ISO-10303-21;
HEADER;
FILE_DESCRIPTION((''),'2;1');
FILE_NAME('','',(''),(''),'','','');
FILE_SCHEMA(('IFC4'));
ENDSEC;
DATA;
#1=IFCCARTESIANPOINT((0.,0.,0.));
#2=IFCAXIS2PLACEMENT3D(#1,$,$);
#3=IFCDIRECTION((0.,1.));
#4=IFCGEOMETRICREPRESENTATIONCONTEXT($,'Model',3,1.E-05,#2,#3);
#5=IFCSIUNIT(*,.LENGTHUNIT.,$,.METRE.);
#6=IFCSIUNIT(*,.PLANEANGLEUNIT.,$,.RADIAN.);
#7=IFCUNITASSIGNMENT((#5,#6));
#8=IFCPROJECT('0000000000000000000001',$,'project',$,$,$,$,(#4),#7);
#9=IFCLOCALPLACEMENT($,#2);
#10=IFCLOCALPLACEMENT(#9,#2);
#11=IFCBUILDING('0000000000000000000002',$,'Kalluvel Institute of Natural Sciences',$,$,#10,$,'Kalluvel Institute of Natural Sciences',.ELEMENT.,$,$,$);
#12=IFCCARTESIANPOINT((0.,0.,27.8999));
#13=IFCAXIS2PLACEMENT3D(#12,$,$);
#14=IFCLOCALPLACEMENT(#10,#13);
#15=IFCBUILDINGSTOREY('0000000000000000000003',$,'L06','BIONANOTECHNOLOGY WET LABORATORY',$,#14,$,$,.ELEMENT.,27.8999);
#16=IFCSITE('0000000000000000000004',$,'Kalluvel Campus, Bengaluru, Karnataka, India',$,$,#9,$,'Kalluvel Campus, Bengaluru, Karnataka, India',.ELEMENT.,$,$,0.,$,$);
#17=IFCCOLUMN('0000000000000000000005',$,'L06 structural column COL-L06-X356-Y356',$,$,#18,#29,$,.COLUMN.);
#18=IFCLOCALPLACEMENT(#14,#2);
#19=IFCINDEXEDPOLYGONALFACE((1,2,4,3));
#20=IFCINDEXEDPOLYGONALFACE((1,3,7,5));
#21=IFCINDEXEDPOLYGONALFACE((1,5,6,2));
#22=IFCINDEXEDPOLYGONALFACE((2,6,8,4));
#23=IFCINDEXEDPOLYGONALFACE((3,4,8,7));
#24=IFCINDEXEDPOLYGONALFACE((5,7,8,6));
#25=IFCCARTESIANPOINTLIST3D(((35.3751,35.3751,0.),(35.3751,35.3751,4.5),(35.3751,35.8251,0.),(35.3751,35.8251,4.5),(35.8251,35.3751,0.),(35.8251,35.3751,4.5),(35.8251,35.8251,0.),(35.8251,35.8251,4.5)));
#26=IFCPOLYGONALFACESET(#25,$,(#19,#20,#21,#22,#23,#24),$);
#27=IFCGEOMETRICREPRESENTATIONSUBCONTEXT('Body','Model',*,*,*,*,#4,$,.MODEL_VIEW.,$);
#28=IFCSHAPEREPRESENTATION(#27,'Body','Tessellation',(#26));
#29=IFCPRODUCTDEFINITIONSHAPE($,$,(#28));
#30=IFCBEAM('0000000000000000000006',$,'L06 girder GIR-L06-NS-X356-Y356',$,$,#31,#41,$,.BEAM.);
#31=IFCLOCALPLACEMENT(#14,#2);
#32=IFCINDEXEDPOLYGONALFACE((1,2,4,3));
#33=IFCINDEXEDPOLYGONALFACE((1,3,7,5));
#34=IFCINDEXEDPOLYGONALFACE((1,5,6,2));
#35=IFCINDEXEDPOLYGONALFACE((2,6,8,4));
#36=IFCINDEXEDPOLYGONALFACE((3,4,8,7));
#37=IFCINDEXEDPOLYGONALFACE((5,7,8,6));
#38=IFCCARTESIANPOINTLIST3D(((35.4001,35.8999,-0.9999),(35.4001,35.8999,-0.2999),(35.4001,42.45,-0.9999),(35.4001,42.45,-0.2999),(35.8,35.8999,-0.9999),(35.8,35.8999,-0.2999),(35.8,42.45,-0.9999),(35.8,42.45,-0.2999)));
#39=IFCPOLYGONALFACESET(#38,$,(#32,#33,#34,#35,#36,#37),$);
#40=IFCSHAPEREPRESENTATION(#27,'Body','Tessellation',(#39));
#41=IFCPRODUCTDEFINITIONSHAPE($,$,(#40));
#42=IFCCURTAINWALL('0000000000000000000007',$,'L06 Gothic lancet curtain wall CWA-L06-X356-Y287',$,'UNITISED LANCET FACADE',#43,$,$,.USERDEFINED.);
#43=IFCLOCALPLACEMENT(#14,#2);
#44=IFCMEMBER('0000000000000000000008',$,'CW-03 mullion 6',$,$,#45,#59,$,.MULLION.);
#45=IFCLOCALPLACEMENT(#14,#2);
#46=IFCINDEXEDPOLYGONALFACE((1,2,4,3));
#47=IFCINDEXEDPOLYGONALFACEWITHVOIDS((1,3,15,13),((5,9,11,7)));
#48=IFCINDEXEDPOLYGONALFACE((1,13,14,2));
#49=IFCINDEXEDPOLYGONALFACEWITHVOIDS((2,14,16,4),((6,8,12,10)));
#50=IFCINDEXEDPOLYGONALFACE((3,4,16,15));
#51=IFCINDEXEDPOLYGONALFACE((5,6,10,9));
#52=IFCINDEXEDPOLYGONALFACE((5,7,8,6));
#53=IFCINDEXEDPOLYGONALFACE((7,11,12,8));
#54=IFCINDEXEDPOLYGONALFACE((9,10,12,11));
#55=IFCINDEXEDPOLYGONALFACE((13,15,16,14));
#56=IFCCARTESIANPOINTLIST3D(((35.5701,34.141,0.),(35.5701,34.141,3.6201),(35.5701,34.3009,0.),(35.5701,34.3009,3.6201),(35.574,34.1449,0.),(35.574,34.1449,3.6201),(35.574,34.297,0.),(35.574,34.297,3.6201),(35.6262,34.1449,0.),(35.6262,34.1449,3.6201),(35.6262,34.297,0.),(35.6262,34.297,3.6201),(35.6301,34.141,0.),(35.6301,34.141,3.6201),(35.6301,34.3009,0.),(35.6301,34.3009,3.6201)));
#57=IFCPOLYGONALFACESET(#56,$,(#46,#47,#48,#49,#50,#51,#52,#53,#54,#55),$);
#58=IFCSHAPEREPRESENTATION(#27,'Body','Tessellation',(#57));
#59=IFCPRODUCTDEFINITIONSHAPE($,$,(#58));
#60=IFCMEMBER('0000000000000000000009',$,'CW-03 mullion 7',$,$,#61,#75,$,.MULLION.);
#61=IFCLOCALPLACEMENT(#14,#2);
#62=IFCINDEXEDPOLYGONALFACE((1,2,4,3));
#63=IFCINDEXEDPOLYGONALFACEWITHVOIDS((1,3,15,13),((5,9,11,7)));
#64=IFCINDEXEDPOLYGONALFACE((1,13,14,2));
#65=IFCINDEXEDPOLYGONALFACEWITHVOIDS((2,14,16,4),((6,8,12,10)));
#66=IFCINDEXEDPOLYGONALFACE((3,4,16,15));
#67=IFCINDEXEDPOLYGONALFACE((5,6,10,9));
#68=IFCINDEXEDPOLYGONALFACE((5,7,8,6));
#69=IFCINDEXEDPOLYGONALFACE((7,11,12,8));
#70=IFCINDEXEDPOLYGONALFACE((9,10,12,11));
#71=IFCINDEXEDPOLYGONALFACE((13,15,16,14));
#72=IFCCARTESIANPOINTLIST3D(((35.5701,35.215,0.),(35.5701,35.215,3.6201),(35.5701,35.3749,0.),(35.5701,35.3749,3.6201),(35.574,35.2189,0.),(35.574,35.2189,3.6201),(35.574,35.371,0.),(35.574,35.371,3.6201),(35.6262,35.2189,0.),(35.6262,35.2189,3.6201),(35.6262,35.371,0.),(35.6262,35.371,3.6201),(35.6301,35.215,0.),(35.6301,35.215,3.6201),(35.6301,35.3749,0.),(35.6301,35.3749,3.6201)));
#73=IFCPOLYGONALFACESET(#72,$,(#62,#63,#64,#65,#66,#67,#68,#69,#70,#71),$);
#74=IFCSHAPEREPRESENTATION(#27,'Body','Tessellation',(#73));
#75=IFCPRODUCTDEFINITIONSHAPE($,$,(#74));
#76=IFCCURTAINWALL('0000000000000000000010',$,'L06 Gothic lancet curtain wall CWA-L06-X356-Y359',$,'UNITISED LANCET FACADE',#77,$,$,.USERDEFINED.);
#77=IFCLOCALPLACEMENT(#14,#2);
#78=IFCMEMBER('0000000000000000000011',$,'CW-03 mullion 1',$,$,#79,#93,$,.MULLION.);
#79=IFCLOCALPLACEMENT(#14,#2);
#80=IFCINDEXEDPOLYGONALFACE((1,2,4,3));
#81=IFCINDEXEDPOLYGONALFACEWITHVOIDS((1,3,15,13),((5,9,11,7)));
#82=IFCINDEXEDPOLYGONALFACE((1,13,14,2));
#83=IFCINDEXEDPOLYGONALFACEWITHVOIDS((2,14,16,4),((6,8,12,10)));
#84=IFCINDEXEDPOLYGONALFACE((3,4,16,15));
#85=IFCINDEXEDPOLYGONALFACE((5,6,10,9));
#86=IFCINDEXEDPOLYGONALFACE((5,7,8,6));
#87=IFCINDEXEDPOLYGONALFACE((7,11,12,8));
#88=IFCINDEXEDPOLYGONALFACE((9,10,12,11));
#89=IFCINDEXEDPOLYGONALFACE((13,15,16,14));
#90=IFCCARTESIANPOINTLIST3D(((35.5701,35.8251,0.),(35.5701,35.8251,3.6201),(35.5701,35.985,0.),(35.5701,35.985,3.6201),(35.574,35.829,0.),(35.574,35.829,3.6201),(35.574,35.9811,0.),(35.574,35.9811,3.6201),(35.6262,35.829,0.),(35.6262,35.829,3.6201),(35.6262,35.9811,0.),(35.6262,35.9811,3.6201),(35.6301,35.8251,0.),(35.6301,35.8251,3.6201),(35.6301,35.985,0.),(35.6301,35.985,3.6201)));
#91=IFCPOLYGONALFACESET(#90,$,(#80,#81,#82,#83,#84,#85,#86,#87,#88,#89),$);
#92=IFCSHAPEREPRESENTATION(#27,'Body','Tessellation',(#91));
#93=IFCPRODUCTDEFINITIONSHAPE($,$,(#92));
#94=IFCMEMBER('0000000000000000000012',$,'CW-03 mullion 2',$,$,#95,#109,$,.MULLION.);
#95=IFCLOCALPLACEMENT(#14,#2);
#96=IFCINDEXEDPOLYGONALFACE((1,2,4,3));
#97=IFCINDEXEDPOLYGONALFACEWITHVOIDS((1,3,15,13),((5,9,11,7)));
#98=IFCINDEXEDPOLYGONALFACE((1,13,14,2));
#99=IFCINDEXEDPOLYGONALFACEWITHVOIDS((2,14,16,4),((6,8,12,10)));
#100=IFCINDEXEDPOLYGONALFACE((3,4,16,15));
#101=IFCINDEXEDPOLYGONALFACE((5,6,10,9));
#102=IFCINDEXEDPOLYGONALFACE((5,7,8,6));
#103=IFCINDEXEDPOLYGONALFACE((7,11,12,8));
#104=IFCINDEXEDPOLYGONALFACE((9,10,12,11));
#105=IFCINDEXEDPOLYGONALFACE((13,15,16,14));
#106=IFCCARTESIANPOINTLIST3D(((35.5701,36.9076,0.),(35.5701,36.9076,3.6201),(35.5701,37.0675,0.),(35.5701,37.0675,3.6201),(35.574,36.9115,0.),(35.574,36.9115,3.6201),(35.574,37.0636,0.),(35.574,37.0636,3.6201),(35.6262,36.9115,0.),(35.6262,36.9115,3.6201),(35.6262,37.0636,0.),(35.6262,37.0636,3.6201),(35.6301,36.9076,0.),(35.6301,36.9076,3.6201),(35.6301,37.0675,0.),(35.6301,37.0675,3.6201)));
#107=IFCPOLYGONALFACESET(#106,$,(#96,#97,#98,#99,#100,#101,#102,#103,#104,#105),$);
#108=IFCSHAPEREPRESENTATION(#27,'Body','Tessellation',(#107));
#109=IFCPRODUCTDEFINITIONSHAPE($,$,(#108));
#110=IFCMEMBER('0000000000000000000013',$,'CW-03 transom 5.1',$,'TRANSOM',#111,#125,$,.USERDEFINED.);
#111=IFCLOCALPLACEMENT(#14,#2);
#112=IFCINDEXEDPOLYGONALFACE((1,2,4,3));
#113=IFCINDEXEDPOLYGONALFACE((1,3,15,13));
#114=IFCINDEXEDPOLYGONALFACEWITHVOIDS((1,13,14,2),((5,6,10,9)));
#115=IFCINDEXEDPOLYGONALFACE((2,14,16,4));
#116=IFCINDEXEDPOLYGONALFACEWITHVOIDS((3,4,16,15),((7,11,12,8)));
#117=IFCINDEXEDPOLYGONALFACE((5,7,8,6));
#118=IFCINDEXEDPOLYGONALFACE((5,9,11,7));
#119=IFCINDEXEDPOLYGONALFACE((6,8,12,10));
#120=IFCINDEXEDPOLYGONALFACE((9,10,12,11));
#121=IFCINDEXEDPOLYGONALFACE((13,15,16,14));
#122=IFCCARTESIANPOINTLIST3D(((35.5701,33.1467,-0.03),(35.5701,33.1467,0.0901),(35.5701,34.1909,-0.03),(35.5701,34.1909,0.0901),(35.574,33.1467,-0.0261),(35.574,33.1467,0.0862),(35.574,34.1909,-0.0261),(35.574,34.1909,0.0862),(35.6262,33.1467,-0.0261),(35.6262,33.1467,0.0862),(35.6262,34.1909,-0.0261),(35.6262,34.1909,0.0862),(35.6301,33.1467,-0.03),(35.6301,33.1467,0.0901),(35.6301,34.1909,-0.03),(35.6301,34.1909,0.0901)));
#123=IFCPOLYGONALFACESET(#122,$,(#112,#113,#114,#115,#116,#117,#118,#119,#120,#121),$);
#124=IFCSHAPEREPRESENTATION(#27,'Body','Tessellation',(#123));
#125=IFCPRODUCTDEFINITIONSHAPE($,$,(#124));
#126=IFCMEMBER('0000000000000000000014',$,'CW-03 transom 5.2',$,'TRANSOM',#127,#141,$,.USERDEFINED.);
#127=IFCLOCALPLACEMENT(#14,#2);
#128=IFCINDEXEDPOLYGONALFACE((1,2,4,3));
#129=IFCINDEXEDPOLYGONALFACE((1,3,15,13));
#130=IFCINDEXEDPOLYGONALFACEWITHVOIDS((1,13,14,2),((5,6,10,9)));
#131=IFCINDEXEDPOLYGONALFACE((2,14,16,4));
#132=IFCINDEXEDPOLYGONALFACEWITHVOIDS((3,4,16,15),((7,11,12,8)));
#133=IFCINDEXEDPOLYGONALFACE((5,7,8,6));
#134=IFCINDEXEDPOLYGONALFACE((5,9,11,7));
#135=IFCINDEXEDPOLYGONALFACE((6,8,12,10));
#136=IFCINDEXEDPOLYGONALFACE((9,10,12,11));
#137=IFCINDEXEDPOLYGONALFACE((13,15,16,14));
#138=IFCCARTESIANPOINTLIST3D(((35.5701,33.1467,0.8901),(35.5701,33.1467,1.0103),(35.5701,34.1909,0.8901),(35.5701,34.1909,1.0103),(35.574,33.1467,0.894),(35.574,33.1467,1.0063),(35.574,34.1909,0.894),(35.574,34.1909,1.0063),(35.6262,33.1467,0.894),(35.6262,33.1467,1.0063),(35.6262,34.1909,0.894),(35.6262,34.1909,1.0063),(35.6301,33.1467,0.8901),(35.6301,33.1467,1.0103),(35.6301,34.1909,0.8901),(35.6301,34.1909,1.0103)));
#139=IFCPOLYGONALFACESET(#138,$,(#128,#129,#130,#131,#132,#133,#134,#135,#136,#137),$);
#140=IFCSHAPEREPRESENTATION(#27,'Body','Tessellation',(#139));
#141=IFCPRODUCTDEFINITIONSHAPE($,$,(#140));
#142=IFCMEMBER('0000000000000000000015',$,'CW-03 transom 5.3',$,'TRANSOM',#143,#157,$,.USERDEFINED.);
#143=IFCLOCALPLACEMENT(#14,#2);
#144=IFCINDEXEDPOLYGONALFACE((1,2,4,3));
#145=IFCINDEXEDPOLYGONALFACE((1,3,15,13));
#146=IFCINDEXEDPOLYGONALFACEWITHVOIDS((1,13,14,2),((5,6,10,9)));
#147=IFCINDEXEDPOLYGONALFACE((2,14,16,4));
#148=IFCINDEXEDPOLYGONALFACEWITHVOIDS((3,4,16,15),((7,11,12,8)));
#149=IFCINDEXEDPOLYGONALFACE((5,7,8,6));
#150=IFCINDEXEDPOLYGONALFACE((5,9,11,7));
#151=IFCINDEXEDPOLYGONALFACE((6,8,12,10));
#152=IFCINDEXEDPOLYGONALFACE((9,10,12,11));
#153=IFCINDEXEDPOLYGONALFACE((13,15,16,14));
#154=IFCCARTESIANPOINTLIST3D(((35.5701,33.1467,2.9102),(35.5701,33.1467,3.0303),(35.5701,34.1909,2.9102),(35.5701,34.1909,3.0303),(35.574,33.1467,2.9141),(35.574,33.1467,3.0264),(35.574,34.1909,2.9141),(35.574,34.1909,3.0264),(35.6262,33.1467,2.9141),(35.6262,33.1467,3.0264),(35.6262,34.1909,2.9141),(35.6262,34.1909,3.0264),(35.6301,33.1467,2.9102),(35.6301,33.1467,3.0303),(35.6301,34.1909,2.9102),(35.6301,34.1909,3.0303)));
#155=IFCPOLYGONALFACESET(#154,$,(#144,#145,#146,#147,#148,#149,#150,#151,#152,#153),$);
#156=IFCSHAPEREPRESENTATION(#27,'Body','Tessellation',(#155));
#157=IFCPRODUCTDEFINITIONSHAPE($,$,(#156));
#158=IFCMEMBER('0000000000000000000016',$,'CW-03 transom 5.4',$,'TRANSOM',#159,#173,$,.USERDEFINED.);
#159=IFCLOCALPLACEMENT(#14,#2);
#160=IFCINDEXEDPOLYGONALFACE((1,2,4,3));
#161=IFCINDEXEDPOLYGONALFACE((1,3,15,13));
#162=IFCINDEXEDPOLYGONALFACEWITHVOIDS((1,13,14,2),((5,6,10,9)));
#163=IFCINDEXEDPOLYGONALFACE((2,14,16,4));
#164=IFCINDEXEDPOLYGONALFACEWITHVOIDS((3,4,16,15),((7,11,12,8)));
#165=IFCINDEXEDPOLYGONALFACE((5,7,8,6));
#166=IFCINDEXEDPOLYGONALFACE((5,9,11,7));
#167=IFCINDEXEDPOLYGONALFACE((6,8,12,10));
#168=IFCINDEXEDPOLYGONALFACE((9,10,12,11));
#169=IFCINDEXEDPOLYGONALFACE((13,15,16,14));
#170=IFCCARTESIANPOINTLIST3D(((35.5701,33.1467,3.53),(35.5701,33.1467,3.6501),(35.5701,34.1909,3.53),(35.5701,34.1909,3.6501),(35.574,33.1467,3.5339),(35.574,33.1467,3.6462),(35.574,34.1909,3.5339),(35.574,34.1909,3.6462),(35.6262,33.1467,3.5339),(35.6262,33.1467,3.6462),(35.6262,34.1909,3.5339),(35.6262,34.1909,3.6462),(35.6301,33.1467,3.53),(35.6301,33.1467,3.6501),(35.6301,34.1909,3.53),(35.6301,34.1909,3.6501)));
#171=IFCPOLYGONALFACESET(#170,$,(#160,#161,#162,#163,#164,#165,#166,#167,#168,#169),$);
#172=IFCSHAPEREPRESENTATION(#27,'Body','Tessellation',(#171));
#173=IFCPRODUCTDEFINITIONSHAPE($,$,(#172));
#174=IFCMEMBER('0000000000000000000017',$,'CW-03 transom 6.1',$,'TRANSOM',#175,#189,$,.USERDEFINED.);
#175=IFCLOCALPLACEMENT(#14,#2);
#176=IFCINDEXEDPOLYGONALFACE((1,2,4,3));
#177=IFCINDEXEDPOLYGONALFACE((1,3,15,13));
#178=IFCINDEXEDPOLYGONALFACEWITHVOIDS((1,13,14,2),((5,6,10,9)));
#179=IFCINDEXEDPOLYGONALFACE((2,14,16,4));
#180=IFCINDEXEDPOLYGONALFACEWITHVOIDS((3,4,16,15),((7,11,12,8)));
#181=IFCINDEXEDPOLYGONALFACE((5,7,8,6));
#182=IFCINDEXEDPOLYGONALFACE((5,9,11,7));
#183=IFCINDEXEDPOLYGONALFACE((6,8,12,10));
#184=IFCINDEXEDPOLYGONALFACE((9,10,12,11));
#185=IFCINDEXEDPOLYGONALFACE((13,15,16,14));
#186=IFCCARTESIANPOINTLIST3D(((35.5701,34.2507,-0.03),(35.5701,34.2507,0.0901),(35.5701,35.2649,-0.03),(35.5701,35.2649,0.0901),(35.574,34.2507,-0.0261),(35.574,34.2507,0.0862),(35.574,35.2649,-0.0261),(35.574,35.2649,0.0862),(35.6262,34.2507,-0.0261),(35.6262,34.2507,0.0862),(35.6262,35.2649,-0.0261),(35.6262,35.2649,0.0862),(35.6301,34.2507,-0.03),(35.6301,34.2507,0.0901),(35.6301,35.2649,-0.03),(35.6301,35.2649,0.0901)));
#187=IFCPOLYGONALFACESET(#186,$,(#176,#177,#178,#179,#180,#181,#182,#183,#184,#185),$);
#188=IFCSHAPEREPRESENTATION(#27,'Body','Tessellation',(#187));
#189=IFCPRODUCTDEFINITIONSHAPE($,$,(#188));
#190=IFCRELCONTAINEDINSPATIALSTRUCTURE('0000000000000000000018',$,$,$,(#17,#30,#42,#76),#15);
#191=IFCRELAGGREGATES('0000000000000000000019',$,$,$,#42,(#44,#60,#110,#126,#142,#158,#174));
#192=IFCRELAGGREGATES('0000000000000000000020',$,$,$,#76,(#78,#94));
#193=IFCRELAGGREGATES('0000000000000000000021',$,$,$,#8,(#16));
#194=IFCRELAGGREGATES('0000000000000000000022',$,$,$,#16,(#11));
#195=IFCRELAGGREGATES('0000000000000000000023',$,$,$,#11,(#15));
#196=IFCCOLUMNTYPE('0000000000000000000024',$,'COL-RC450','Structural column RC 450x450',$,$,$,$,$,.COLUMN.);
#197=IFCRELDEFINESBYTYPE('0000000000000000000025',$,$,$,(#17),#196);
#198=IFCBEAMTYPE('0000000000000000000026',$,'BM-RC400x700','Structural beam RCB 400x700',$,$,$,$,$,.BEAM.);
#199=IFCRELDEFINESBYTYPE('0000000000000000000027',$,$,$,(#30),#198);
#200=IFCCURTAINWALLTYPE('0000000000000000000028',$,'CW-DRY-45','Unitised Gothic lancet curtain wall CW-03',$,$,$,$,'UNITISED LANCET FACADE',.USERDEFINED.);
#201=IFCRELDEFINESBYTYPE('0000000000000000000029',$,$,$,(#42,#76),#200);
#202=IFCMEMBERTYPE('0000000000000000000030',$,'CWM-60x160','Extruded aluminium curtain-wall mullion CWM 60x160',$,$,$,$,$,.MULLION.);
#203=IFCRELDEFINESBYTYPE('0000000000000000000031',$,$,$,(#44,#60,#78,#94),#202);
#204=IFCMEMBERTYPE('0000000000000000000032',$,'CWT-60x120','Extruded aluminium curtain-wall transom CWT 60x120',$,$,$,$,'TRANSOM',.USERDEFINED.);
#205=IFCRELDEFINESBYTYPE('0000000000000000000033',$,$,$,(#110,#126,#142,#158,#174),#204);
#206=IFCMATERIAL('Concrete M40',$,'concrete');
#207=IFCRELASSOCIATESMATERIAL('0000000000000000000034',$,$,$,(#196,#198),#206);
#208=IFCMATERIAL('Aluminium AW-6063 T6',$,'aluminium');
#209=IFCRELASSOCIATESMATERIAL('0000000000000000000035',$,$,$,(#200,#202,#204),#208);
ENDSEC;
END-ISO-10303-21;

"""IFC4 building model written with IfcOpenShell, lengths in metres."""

from ifc_helpers import new_model, si_unit, direction, frame, origin, origin_2d, place, context, subcontext, project, spatial, rectangle, hollow_rectangle, extrude, material, material_profile, profile_set, type_object, element, aggregate, save


model = new_model("IFC4")

# Units and contexts
model_context = context("Model", 3, precision=1e-05, world=origin(), true_north=direction((0.0, 1.0)))
body_context = subcontext(model_context, "Body", "Model", "MODEL_VIEW")
ifc_project = project(units=[si_unit("LENGTHUNIT", "METRE"), si_unit("PLANEANGLEUNIT", "RADIAN")], contexts=[model_context])

# Site, building, storey
site_placement = place(None, origin())
site = spatial("IfcSite", under=ifc_project, at=site_placement, Name="Kalluvel Campus, Bengaluru, Karnataka, India", LongName="Kalluvel Campus, Bengaluru, Karnataka, India", CompositionType="ELEMENT", RefElevation=0.0)
building_placement = place(site_placement, origin())
building = spatial("IfcBuilding", under=site, at=building_placement, Name="Kalluvel Institute of Natural Sciences", LongName="Kalluvel Institute of Natural Sciences", CompositionType="ELEMENT")
storey_placement = place(building_placement, frame((0.0, 0.0, 27.8999)))
storey = spatial("IfcBuildingStorey", under=building, at=storey_placement, Name="L06", Description="BIONANOTECHNOLOGY WET LABORATORY", CompositionType="ELEMENT", Elevation=27.8999)

# Column
ifc_material_1 = material(Name="Concrete M40", Category="concrete")
ifc_material_profile_1 = material_profile(ifc_material_1, rectangle(XDim=0.45, YDim=0.45, at=origin_2d()), Name="RC 450x450")
ifc_profile_set_1 = profile_set([ifc_material_profile_1], Name="Concrete M40")
column_type = type_object("IfcColumnType", Name="COL-RC450", Description="Structural column RC 450x450", PredefinedType="COLUMN", material=ifc_profile_set_1)
column_placement = place(storey_placement, frame((35.6001, 35.6001, 0.0), z_axis=(0.0, 0.0, 1.0), x_axis=(1.0, 0.0, 0.0)))
element("IfcColumn", 1, at=column_placement, inside=storey, type_object=column_type, Name="L06 structural column COL-L06-X356-Y356", PredefinedType="COLUMN", context=body_context, shape_type="SweptSolid", body=[
    extrude(rectangle(XDim=0.45, YDim=0.45, at=origin_2d()), origin(), (0.0, 0.0, 1.0), 4.5),
])

# Beam
ifc_material_profile_2 = material_profile(ifc_material_1, rectangle(XDim=0.3999, YDim=0.7, at=origin_2d()), Name="RCB 400x700")
ifc_profile_set_2 = profile_set([ifc_material_profile_2], Name="Concrete M40")
beam_type = type_object("IfcBeamType", Name="BM-RC400x700", Description="Structural beam RCB 400x700", PredefinedType="BEAM", material=ifc_profile_set_2)
beam_placement = place(storey_placement, frame((35.6001, 35.8999, -0.6499), z_axis=(0.0, 1.0, 0.0), x_axis=(-1.0, 0.0, 0.0)))
element("IfcBeam", 2, at=beam_placement, inside=storey, type_object=beam_type, Name="L06 girder GIR-L06-NS-X356-Y356", PredefinedType="BEAM", context=body_context, shape_type="SweptSolid", body=[
    extrude(rectangle(XDim=0.3999, YDim=0.7, at=origin_2d()), origin(), (0.0, 0.0, 1.0), 6.55),
])

# Curtain walls, members
ifc_material_2 = material(Name="Aluminium AW-6063 T6", Category="aluminium")
curtain_wall_type = type_object("IfcCurtainWallType", Name="CW-DRY-45", Description="Unitised Gothic lancet curtain wall CW-03", ElementType="UNITISED LANCET FACADE", PredefinedType="USERDEFINED", material=ifc_material_2)
curtain_wall_1_placement = place(storey_placement, origin())
curtain_wall_1 = element("IfcCurtainWall", 3, at=curtain_wall_1_placement, inside=storey, type_object=curtain_wall_type, Name="L06 Gothic lancet curtain wall CWA-L06-X356-Y287", ObjectType="UNITISED LANCET FACADE", PredefinedType="USERDEFINED")
ifc_material_profile_3 = material_profile(ifc_material_2, hollow_rectangle(XDim=0.0601, YDim=0.1599, WallThickness=0.0039, at=origin_2d()), Name="CWM 60x160")
ifc_profile_set_3 = profile_set([ifc_material_profile_3], Name="Aluminium AW-6063 T6")
member_type_1 = type_object("IfcMemberType", Name="CWM-60x160", Description="Extruded aluminium curtain-wall mullion CWM 60x160", PredefinedType="MULLION", material=ifc_profile_set_3)
member_1_placement = place(storey_placement, frame((35.6001, 34.2209, 0.0), z_axis=(0.0, 0.0, 1.0), x_axis=(-1.0, 0.0, 0.0)))
member_1 = element("IfcMember", 4, at=member_1_placement, type_object=member_type_1, Name="CW-03 mullion 6", PredefinedType="MULLION", context=body_context, shape_type="SweptSolid", body=[
    extrude(hollow_rectangle(XDim=0.0601, YDim=0.1599, WallThickness=0.0039, at=origin_2d()), origin(), (0.0, 0.0, 1.0), 3.6201),
])
member_2_placement = place(storey_placement, frame((35.6001, 35.2949, 0.0), z_axis=(0.0, 0.0, 1.0), x_axis=(-1.0, 0.0, 0.0)))
member_2 = element("IfcMember", 5, at=member_2_placement, type_object=member_type_1, Name="CW-03 mullion 7", PredefinedType="MULLION", context=body_context, shape_type="SweptSolid", body=[
    extrude(hollow_rectangle(XDim=0.0601, YDim=0.1599, WallThickness=0.0039, at=origin_2d()), origin(), (0.0, 0.0, 1.0), 3.6201),
])
curtain_wall_2_placement = place(storey_placement, origin())
curtain_wall_2 = element("IfcCurtainWall", 6, at=curtain_wall_2_placement, inside=storey, type_object=curtain_wall_type, Name="L06 Gothic lancet curtain wall CWA-L06-X356-Y359", ObjectType="UNITISED LANCET FACADE", PredefinedType="USERDEFINED")
member_3_placement = place(storey_placement, frame((35.6001, 35.905, 0.0), z_axis=(0.0, 0.0, 1.0), x_axis=(-1.0, 0.0, 0.0)))
member_3 = element("IfcMember", 7, at=member_3_placement, type_object=member_type_1, Name="CW-03 mullion 1", PredefinedType="MULLION", context=body_context, shape_type="SweptSolid", body=[
    extrude(hollow_rectangle(XDim=0.0601, YDim=0.1599, WallThickness=0.0039, at=origin_2d()), origin(), (0.0, 0.0, 1.0), 3.6201),
])
member_4_placement = place(storey_placement, frame((35.6001, 36.9875, 0.0), z_axis=(0.0, 0.0, 1.0), x_axis=(-1.0, 0.0, 0.0)))
member_4 = element("IfcMember", 8, at=member_4_placement, type_object=member_type_1, Name="CW-03 mullion 2", PredefinedType="MULLION", context=body_context, shape_type="SweptSolid", body=[
    extrude(hollow_rectangle(XDim=0.0601, YDim=0.1599, WallThickness=0.0039, at=origin_2d()), origin(), (0.0, 0.0, 1.0), 3.6201),
])

# Members
ifc_material_profile_4 = material_profile(ifc_material_2, hollow_rectangle(XDim=0.0601, YDim=0.1201, WallThickness=0.0039, at=origin_2d()), Name="CWT 60x120")
ifc_profile_set_4 = profile_set([ifc_material_profile_4], Name="Aluminium AW-6063 T6")
member_type_2 = type_object("IfcMemberType", Name="CWT-60x120", Description="Extruded aluminium curtain-wall transom CWT 60x120", ElementType="TRANSOM", PredefinedType="USERDEFINED", material=ifc_profile_set_4)
member_5_placement = place(storey_placement, frame((35.6001, 33.1467, 0.03), z_axis=(0.0, 1.0, 0.0), x_axis=(-1.0, 0.0, 0.0)))
member_5 = element("IfcMember", 9, at=member_5_placement, type_object=member_type_2, Name="CW-03 transom 5.1", ObjectType="TRANSOM", PredefinedType="USERDEFINED", context=body_context, shape_type="SweptSolid", body=[
    extrude(hollow_rectangle(XDim=0.0601, YDim=0.1201, WallThickness=0.0039, at=origin_2d()), origin(), (0.0, 0.0, 1.0), 1.0442),
])
member_6_placement = place(storey_placement, frame((35.6001, 33.1467, 0.9502), z_axis=(0.0, 1.0, 0.0), x_axis=(-1.0, 0.0, 0.0)))
member_6 = element("IfcMember", 10, at=member_6_placement, type_object=member_type_2, Name="CW-03 transom 5.2", ObjectType="TRANSOM", PredefinedType="USERDEFINED", context=body_context, shape_type="SweptSolid", body=[
    extrude(hollow_rectangle(XDim=0.0601, YDim=0.1201, WallThickness=0.0039, at=origin_2d()), origin(), (0.0, 0.0, 1.0), 1.0442),
])
member_7_placement = place(storey_placement, frame((35.6001, 33.1467, 2.9702), z_axis=(0.0, 1.0, 0.0), x_axis=(-1.0, 0.0, 0.0)))
member_7 = element("IfcMember", 11, at=member_7_placement, type_object=member_type_2, Name="CW-03 transom 5.3", ObjectType="TRANSOM", PredefinedType="USERDEFINED", context=body_context, shape_type="SweptSolid", body=[
    extrude(hollow_rectangle(XDim=0.0601, YDim=0.1201, WallThickness=0.0039, at=origin_2d()), origin(), (0.0, 0.0, 1.0), 1.0442),
])
member_8_placement = place(storey_placement, frame((35.6001, 33.1467, 3.5901), z_axis=(0.0, 1.0, 0.0), x_axis=(-1.0, 0.0, 0.0)))
member_8 = element("IfcMember", 12, at=member_8_placement, type_object=member_type_2, Name="CW-03 transom 5.4", ObjectType="TRANSOM", PredefinedType="USERDEFINED", context=body_context, shape_type="SweptSolid", body=[
    extrude(hollow_rectangle(XDim=0.0601, YDim=0.1201, WallThickness=0.0039, at=origin_2d()), origin(), (0.0, 0.0, 1.0), 1.0442),
])
member_9_placement = place(storey_placement, frame((35.6001, 34.2507, 0.03), z_axis=(0.0, 1.0, 0.0), x_axis=(-1.0, 0.0, 0.0)))
member_9 = element("IfcMember", 13, at=member_9_placement, type_object=member_type_2, Name="CW-03 transom 6.1", ObjectType="TRANSOM", PredefinedType="USERDEFINED", context=body_context, shape_type="SweptSolid", body=[
    extrude(hollow_rectangle(XDim=0.0601, YDim=0.1201, WallThickness=0.0039, at=origin_2d()), origin(), (0.0, 0.0, 1.0), 1.0142),
])

aggregate(curtain_wall_1, [member_1, member_2, member_5, member_6, member_7, member_8, member_9])
aggregate(curtain_wall_2, [member_3, member_4])

save(model, "model.ifc")
